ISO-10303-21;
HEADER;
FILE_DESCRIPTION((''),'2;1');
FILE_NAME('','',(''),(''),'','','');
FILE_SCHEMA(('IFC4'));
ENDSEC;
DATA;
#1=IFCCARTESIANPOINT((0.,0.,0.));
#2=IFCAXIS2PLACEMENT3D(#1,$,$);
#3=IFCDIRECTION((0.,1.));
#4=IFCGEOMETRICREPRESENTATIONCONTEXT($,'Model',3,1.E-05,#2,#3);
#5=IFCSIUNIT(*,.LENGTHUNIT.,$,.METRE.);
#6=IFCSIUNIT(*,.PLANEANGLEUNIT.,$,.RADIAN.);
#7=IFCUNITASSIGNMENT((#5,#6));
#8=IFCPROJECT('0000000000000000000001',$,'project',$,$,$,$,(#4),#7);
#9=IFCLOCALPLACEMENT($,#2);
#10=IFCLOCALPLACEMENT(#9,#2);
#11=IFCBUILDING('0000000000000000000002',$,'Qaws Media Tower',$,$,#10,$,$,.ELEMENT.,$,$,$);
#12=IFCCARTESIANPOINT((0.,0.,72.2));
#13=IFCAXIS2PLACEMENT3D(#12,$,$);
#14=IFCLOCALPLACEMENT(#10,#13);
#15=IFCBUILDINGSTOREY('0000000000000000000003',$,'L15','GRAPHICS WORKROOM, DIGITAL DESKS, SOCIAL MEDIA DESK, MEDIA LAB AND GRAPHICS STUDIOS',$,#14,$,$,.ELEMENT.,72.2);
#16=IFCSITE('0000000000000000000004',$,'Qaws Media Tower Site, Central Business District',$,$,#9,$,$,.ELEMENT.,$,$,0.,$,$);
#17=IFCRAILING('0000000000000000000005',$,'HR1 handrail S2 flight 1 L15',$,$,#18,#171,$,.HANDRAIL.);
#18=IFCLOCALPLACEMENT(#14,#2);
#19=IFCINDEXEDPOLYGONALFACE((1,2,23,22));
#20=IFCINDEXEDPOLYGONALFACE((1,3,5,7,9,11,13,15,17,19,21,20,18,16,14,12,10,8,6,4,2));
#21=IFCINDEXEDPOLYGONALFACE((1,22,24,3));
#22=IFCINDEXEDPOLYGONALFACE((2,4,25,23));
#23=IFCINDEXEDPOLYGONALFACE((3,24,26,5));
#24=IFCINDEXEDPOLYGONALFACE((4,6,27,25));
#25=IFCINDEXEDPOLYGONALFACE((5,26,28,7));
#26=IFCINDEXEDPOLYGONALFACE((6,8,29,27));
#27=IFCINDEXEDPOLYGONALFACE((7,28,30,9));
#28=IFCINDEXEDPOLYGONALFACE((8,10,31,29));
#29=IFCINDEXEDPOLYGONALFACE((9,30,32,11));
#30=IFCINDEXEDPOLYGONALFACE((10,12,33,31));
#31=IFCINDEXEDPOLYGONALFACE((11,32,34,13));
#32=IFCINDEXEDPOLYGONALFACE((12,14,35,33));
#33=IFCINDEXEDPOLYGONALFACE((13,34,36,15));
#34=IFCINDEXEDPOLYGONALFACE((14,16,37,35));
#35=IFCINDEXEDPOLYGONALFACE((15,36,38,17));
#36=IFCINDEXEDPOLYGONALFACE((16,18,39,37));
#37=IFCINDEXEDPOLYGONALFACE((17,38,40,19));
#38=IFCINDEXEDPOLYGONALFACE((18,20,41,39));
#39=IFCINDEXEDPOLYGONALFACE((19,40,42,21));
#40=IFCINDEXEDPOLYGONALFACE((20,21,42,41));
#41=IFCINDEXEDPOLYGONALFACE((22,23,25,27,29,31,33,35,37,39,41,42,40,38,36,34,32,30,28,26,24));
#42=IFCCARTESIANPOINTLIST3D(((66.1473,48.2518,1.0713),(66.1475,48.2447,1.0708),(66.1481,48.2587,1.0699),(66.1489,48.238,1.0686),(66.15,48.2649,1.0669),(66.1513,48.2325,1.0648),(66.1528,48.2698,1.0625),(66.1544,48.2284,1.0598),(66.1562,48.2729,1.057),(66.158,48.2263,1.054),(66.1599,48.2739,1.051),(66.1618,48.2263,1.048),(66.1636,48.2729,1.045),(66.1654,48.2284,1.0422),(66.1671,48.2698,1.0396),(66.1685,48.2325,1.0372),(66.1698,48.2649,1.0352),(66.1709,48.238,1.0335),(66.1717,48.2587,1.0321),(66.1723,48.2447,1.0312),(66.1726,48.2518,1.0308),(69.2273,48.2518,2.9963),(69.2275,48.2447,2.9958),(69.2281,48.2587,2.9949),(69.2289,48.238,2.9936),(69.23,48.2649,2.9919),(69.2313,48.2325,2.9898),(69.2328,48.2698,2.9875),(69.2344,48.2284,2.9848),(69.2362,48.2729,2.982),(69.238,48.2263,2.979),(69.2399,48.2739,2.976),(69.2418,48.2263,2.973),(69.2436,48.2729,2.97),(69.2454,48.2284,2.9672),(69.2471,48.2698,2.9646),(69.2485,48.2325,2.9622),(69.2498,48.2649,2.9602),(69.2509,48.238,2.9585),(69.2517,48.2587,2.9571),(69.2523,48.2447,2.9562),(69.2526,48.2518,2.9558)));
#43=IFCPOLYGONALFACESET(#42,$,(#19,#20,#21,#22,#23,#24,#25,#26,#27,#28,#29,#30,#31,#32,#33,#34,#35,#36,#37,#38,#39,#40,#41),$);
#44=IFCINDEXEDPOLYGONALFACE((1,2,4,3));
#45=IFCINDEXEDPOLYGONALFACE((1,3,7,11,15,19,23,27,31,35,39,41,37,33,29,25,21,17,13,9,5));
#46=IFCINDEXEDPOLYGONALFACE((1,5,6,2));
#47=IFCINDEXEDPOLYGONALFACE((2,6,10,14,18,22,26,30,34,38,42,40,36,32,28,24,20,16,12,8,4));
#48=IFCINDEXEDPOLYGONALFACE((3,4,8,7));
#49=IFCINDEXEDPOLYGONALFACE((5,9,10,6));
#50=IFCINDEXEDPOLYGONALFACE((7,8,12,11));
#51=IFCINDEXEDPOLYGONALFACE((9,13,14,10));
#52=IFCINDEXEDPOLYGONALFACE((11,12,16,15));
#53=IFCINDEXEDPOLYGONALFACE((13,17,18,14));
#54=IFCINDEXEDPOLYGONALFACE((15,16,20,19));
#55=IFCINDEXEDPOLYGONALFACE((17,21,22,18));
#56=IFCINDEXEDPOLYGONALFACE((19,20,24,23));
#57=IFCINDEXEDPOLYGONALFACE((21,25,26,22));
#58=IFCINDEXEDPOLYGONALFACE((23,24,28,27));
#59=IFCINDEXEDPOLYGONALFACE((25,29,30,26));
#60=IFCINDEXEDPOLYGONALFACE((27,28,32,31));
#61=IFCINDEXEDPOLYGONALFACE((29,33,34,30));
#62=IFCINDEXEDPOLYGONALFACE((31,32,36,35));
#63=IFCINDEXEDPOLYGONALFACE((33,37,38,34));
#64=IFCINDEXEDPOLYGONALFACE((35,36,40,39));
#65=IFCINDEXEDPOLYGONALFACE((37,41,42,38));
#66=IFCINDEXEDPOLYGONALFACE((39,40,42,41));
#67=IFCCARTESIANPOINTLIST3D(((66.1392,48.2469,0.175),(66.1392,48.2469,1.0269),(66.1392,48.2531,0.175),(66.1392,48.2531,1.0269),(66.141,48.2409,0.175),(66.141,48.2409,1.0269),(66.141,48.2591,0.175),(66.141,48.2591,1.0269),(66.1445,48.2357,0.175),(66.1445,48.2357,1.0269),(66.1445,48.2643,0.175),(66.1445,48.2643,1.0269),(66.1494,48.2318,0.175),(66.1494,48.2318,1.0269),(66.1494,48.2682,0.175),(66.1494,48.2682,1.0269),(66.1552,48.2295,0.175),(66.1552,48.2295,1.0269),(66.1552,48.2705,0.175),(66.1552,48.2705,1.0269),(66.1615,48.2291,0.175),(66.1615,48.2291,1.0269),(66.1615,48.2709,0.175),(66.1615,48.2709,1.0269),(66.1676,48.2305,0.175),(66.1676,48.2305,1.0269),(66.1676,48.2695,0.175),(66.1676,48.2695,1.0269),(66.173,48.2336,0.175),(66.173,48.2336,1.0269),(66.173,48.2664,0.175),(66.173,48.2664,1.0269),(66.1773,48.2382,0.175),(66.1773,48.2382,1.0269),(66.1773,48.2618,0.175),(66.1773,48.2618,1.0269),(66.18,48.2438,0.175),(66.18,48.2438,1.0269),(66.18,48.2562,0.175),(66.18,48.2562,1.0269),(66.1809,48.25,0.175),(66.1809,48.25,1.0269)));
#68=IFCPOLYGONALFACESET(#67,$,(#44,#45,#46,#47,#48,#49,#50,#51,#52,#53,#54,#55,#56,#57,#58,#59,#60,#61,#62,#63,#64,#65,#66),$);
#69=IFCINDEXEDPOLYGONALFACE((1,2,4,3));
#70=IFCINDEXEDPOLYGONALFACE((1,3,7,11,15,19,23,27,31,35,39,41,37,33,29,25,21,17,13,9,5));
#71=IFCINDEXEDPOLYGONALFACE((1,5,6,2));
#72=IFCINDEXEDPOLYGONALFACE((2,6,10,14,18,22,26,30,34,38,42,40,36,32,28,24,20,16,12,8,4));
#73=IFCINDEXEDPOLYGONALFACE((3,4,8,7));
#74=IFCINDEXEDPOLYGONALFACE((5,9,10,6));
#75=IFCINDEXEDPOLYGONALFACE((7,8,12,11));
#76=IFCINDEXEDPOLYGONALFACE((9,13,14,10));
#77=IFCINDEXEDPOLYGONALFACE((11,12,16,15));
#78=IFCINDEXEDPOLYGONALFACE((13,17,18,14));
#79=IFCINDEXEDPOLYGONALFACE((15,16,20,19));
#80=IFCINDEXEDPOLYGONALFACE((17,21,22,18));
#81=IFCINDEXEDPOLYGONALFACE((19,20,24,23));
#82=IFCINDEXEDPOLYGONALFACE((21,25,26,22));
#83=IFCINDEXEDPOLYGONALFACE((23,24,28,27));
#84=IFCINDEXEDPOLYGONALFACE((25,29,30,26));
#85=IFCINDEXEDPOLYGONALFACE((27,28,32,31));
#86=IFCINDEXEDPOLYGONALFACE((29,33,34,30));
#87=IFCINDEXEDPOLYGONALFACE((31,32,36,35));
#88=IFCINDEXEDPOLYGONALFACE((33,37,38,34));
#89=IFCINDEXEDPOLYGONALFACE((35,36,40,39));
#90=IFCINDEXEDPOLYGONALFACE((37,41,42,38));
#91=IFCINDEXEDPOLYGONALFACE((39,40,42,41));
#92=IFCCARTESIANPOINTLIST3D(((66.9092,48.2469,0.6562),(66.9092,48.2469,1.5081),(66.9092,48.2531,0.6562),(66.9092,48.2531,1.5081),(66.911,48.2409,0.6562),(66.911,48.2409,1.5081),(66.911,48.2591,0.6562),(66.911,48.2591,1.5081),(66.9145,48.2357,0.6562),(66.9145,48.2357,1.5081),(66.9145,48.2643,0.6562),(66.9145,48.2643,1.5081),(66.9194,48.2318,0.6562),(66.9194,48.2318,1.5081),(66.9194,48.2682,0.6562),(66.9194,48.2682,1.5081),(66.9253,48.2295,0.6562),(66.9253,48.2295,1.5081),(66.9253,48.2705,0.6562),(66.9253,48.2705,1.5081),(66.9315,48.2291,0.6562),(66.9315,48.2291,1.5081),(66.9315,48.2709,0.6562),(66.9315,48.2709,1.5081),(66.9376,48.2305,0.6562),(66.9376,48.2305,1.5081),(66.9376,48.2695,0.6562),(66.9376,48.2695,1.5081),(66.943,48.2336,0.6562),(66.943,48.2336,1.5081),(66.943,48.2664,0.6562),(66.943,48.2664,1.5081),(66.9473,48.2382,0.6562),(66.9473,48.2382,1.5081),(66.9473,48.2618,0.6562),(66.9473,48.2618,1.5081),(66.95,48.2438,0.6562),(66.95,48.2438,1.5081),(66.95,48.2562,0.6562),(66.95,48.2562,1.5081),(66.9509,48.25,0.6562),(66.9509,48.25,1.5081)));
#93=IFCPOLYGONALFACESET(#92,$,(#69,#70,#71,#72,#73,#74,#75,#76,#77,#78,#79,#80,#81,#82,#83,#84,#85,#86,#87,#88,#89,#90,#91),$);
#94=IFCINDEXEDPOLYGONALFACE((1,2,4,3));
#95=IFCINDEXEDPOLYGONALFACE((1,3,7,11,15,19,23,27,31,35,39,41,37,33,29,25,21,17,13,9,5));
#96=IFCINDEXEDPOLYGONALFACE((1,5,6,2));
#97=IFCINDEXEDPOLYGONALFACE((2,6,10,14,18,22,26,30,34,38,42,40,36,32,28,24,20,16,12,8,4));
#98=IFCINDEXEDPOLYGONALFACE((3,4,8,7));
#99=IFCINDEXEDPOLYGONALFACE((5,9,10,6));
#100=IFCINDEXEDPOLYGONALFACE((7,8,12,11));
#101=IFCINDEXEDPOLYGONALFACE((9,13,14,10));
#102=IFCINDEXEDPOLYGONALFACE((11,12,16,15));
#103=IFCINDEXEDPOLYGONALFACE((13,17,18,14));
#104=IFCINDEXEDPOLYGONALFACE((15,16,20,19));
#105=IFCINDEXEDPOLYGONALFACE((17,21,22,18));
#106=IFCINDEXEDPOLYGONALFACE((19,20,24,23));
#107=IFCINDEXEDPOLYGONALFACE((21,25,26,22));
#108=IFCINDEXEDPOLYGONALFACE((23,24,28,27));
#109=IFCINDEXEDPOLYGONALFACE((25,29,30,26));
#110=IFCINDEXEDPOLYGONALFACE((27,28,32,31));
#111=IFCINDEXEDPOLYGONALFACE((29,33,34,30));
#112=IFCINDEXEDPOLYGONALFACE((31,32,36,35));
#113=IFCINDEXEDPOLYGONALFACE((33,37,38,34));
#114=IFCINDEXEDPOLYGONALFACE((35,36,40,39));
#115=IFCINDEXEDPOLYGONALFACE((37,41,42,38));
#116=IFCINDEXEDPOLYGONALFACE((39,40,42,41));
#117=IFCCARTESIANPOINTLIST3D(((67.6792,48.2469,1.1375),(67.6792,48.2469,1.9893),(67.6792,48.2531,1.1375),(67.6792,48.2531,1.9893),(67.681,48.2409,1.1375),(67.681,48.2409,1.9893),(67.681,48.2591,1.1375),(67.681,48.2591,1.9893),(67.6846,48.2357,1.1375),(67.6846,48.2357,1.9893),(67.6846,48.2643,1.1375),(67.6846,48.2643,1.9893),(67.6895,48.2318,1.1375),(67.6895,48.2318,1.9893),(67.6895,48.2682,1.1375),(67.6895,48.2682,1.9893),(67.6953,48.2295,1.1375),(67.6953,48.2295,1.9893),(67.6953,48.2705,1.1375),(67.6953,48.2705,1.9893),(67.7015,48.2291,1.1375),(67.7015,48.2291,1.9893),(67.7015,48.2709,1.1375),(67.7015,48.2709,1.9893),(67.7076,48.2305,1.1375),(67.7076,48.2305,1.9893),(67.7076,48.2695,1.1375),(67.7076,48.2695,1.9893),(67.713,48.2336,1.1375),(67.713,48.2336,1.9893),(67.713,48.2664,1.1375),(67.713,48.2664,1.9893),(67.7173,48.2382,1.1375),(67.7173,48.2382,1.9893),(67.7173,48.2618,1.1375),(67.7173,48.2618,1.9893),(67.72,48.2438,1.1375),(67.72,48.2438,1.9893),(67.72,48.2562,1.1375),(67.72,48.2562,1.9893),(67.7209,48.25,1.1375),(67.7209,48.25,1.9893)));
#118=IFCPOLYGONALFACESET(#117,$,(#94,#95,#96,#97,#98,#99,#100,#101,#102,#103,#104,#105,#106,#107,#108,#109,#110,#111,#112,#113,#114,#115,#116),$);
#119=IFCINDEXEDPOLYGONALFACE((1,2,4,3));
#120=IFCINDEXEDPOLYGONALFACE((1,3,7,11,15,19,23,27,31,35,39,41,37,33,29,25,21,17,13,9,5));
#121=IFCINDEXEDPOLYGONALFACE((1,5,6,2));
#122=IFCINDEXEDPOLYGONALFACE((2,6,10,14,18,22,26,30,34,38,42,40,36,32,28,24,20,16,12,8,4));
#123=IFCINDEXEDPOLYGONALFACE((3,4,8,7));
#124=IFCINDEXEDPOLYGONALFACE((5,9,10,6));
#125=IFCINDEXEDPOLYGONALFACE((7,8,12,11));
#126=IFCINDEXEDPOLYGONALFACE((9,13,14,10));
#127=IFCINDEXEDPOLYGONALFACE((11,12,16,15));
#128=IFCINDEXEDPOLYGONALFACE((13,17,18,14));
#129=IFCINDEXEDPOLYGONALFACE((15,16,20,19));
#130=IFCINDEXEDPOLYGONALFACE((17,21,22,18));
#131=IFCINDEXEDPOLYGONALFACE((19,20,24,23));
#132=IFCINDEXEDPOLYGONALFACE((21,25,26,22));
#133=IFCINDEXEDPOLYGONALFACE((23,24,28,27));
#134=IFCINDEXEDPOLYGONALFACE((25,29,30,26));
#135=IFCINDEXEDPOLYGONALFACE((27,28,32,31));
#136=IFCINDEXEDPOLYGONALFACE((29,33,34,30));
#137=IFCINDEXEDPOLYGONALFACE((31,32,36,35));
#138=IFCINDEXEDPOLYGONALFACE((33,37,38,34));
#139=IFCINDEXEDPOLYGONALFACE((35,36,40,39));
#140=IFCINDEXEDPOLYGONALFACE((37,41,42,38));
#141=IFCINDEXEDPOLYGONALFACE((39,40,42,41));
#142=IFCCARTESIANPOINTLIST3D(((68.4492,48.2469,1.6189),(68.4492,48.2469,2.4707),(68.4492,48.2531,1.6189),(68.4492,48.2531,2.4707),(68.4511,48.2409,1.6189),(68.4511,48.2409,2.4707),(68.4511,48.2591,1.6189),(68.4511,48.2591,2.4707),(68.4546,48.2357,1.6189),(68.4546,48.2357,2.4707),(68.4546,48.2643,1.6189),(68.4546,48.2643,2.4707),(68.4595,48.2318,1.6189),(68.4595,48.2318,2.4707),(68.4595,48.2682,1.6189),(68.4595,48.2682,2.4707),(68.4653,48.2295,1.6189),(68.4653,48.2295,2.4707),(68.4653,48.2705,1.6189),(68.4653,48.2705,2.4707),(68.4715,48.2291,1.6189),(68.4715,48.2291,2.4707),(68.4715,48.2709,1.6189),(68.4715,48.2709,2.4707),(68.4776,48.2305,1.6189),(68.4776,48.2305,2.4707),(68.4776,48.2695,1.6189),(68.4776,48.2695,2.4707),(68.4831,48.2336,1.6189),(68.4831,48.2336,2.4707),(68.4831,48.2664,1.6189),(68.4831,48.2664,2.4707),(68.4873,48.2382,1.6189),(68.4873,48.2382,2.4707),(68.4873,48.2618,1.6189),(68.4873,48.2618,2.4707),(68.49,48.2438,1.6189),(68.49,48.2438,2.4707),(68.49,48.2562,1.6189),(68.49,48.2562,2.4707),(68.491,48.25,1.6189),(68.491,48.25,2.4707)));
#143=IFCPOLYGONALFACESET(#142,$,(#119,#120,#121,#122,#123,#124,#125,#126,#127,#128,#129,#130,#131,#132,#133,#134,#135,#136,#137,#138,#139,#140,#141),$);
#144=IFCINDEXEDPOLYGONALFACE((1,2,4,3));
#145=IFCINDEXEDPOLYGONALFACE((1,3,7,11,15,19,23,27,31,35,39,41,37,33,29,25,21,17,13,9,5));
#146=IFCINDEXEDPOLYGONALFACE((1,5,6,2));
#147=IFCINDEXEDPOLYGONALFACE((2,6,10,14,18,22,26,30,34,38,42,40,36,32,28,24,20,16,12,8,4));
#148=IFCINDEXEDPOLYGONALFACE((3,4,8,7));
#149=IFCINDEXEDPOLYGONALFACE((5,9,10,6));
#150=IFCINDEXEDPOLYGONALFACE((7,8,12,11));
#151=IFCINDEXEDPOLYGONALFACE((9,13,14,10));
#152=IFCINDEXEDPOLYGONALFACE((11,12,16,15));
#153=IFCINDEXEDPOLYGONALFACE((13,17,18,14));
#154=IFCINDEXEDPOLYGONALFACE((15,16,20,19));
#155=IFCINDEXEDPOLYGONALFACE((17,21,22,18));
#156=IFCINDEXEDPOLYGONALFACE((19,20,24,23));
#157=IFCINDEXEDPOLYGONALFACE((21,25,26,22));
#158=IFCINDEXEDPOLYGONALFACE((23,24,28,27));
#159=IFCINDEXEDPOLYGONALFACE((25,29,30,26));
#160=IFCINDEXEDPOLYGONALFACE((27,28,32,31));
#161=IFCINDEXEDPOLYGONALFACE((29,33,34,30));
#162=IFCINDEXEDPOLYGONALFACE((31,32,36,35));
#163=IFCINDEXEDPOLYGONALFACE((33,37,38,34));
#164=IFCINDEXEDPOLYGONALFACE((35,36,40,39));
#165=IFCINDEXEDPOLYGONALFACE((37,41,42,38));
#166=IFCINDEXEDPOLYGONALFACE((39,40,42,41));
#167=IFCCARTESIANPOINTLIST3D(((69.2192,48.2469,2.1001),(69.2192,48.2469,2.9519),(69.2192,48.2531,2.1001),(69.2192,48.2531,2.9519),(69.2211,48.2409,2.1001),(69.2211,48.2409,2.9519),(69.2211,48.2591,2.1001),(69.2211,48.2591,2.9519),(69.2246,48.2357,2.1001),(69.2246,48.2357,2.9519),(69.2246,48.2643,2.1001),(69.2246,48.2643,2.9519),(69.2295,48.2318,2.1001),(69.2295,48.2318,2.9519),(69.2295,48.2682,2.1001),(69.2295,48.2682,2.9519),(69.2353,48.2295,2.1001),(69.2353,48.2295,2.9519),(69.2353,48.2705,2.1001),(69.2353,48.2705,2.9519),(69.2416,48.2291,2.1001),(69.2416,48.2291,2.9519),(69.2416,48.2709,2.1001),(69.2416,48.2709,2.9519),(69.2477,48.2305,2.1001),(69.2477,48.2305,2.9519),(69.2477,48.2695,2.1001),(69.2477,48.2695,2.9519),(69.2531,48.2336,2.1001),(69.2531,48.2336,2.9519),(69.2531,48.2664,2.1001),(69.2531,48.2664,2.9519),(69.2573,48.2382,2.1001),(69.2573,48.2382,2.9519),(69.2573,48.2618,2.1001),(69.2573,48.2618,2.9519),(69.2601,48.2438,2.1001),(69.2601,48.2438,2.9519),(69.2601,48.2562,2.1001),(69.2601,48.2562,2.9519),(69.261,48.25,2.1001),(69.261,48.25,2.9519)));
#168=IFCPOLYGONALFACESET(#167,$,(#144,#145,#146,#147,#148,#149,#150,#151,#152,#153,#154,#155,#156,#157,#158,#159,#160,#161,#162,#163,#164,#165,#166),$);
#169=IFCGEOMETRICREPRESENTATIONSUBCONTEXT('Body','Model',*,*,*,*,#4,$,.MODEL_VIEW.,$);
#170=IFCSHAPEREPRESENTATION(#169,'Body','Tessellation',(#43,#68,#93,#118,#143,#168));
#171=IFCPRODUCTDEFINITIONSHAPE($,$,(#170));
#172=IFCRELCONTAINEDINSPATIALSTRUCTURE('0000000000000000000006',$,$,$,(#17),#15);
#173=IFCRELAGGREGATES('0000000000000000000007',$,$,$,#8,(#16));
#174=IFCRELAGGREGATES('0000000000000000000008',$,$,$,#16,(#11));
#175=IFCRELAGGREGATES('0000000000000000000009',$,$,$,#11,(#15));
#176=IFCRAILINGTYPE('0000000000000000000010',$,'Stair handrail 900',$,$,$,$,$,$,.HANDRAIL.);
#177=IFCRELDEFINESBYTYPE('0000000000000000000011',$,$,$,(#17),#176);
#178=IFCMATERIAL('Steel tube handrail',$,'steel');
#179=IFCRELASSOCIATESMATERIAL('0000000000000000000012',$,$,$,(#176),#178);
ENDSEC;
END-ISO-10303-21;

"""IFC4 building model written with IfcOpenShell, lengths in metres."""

from ifc_helpers import new_model, si_unit, direction, frame, origin, origin_2d, place, context, subcontext, project, spatial, circle, extrude, material, type_object, element, save


model = new_model("IFC4")

# Units and contexts
model_context = context("Model", 3, precision=1e-05, world=origin(), true_north=direction((0.0, 1.0)))
body_context = subcontext(model_context, "Body", "Model", "MODEL_VIEW")
ifc_project = project(units=[si_unit("LENGTHUNIT", "METRE"), si_unit("PLANEANGLEUNIT", "RADIAN")], contexts=[model_context])

# Site, building, storey
site_placement = place(None, origin())
site = spatial("IfcSite", under=ifc_project, at=site_placement, Name="Qaws Media Tower Site, Central Business District", CompositionType="ELEMENT", RefElevation=0.0)
building_placement = place(site_placement, origin())
building = spatial("IfcBuilding", under=site, at=building_placement, Name="Qaws Media Tower", CompositionType="ELEMENT")
storey_placement = place(building_placement, frame((0.0, 0.0, 72.2)))
storey = spatial("IfcBuildingStorey", under=building, at=storey_placement, Name="L15", Description="GRAPHICS WORKROOM, DIGITAL DESKS, SOCIAL MEDIA DESK, MEDIA LAB AND GRAPHICS STUDIOS", CompositionType="ELEMENT", Elevation=72.2)

# Railing
ifc_material_1 = material(Name="Steel tube handrail", Category="steel")
railing_type = type_object("IfcRailingType", Name="Stair handrail 900", PredefinedType="HANDRAIL", material=ifc_material_1)
for number, where, name in (
    (1, (66.1599, 48.25, 0.175), "HR1 handrail S2 flight 1 L15"),
):
    element("IfcRailing", number, at=place(storey_placement, frame(where)), inside=storey, type_object=railing_type, Name=name, PredefinedType="HANDRAIL", context=body_context, shape_type="SweptSolid", body=[
        extrude(circle(Radius=0.0239, at=origin_2d()), frame((0.0, 0.0, 0.876), z_axis=(0.847998, 0.0, 0.529999), x_axis=(0.0, 1.0, 0.0)), (0.0, 0.0, 1.0), 3.6321),
        extrude(circle(Radius=0.021, at=origin_2d()), origin(), (0.0, 0.0, 1.0), 0.8518),
        extrude(circle(Radius=0.021, at=origin_2d()), frame((0.77, 0.0, 0.4812)), (0.0, 0.0, 1.0), 0.8518),
        extrude(circle(Radius=0.021, at=origin_2d()), frame((1.54, 0.0, 0.9624)), (0.0, 0.0, 1.0), 0.8518),
        extrude(circle(Radius=0.021, at=origin_2d()), frame((2.3101, 0.0, 1.4438)), (0.0, 0.0, 1.0), 0.8518),
        extrude(circle(Radius=0.021, at=origin_2d()), frame((3.0801, 0.0, 1.925)), (0.0, 0.0, 1.0), 0.8518),
    ])

save(model, "model.ifc")
